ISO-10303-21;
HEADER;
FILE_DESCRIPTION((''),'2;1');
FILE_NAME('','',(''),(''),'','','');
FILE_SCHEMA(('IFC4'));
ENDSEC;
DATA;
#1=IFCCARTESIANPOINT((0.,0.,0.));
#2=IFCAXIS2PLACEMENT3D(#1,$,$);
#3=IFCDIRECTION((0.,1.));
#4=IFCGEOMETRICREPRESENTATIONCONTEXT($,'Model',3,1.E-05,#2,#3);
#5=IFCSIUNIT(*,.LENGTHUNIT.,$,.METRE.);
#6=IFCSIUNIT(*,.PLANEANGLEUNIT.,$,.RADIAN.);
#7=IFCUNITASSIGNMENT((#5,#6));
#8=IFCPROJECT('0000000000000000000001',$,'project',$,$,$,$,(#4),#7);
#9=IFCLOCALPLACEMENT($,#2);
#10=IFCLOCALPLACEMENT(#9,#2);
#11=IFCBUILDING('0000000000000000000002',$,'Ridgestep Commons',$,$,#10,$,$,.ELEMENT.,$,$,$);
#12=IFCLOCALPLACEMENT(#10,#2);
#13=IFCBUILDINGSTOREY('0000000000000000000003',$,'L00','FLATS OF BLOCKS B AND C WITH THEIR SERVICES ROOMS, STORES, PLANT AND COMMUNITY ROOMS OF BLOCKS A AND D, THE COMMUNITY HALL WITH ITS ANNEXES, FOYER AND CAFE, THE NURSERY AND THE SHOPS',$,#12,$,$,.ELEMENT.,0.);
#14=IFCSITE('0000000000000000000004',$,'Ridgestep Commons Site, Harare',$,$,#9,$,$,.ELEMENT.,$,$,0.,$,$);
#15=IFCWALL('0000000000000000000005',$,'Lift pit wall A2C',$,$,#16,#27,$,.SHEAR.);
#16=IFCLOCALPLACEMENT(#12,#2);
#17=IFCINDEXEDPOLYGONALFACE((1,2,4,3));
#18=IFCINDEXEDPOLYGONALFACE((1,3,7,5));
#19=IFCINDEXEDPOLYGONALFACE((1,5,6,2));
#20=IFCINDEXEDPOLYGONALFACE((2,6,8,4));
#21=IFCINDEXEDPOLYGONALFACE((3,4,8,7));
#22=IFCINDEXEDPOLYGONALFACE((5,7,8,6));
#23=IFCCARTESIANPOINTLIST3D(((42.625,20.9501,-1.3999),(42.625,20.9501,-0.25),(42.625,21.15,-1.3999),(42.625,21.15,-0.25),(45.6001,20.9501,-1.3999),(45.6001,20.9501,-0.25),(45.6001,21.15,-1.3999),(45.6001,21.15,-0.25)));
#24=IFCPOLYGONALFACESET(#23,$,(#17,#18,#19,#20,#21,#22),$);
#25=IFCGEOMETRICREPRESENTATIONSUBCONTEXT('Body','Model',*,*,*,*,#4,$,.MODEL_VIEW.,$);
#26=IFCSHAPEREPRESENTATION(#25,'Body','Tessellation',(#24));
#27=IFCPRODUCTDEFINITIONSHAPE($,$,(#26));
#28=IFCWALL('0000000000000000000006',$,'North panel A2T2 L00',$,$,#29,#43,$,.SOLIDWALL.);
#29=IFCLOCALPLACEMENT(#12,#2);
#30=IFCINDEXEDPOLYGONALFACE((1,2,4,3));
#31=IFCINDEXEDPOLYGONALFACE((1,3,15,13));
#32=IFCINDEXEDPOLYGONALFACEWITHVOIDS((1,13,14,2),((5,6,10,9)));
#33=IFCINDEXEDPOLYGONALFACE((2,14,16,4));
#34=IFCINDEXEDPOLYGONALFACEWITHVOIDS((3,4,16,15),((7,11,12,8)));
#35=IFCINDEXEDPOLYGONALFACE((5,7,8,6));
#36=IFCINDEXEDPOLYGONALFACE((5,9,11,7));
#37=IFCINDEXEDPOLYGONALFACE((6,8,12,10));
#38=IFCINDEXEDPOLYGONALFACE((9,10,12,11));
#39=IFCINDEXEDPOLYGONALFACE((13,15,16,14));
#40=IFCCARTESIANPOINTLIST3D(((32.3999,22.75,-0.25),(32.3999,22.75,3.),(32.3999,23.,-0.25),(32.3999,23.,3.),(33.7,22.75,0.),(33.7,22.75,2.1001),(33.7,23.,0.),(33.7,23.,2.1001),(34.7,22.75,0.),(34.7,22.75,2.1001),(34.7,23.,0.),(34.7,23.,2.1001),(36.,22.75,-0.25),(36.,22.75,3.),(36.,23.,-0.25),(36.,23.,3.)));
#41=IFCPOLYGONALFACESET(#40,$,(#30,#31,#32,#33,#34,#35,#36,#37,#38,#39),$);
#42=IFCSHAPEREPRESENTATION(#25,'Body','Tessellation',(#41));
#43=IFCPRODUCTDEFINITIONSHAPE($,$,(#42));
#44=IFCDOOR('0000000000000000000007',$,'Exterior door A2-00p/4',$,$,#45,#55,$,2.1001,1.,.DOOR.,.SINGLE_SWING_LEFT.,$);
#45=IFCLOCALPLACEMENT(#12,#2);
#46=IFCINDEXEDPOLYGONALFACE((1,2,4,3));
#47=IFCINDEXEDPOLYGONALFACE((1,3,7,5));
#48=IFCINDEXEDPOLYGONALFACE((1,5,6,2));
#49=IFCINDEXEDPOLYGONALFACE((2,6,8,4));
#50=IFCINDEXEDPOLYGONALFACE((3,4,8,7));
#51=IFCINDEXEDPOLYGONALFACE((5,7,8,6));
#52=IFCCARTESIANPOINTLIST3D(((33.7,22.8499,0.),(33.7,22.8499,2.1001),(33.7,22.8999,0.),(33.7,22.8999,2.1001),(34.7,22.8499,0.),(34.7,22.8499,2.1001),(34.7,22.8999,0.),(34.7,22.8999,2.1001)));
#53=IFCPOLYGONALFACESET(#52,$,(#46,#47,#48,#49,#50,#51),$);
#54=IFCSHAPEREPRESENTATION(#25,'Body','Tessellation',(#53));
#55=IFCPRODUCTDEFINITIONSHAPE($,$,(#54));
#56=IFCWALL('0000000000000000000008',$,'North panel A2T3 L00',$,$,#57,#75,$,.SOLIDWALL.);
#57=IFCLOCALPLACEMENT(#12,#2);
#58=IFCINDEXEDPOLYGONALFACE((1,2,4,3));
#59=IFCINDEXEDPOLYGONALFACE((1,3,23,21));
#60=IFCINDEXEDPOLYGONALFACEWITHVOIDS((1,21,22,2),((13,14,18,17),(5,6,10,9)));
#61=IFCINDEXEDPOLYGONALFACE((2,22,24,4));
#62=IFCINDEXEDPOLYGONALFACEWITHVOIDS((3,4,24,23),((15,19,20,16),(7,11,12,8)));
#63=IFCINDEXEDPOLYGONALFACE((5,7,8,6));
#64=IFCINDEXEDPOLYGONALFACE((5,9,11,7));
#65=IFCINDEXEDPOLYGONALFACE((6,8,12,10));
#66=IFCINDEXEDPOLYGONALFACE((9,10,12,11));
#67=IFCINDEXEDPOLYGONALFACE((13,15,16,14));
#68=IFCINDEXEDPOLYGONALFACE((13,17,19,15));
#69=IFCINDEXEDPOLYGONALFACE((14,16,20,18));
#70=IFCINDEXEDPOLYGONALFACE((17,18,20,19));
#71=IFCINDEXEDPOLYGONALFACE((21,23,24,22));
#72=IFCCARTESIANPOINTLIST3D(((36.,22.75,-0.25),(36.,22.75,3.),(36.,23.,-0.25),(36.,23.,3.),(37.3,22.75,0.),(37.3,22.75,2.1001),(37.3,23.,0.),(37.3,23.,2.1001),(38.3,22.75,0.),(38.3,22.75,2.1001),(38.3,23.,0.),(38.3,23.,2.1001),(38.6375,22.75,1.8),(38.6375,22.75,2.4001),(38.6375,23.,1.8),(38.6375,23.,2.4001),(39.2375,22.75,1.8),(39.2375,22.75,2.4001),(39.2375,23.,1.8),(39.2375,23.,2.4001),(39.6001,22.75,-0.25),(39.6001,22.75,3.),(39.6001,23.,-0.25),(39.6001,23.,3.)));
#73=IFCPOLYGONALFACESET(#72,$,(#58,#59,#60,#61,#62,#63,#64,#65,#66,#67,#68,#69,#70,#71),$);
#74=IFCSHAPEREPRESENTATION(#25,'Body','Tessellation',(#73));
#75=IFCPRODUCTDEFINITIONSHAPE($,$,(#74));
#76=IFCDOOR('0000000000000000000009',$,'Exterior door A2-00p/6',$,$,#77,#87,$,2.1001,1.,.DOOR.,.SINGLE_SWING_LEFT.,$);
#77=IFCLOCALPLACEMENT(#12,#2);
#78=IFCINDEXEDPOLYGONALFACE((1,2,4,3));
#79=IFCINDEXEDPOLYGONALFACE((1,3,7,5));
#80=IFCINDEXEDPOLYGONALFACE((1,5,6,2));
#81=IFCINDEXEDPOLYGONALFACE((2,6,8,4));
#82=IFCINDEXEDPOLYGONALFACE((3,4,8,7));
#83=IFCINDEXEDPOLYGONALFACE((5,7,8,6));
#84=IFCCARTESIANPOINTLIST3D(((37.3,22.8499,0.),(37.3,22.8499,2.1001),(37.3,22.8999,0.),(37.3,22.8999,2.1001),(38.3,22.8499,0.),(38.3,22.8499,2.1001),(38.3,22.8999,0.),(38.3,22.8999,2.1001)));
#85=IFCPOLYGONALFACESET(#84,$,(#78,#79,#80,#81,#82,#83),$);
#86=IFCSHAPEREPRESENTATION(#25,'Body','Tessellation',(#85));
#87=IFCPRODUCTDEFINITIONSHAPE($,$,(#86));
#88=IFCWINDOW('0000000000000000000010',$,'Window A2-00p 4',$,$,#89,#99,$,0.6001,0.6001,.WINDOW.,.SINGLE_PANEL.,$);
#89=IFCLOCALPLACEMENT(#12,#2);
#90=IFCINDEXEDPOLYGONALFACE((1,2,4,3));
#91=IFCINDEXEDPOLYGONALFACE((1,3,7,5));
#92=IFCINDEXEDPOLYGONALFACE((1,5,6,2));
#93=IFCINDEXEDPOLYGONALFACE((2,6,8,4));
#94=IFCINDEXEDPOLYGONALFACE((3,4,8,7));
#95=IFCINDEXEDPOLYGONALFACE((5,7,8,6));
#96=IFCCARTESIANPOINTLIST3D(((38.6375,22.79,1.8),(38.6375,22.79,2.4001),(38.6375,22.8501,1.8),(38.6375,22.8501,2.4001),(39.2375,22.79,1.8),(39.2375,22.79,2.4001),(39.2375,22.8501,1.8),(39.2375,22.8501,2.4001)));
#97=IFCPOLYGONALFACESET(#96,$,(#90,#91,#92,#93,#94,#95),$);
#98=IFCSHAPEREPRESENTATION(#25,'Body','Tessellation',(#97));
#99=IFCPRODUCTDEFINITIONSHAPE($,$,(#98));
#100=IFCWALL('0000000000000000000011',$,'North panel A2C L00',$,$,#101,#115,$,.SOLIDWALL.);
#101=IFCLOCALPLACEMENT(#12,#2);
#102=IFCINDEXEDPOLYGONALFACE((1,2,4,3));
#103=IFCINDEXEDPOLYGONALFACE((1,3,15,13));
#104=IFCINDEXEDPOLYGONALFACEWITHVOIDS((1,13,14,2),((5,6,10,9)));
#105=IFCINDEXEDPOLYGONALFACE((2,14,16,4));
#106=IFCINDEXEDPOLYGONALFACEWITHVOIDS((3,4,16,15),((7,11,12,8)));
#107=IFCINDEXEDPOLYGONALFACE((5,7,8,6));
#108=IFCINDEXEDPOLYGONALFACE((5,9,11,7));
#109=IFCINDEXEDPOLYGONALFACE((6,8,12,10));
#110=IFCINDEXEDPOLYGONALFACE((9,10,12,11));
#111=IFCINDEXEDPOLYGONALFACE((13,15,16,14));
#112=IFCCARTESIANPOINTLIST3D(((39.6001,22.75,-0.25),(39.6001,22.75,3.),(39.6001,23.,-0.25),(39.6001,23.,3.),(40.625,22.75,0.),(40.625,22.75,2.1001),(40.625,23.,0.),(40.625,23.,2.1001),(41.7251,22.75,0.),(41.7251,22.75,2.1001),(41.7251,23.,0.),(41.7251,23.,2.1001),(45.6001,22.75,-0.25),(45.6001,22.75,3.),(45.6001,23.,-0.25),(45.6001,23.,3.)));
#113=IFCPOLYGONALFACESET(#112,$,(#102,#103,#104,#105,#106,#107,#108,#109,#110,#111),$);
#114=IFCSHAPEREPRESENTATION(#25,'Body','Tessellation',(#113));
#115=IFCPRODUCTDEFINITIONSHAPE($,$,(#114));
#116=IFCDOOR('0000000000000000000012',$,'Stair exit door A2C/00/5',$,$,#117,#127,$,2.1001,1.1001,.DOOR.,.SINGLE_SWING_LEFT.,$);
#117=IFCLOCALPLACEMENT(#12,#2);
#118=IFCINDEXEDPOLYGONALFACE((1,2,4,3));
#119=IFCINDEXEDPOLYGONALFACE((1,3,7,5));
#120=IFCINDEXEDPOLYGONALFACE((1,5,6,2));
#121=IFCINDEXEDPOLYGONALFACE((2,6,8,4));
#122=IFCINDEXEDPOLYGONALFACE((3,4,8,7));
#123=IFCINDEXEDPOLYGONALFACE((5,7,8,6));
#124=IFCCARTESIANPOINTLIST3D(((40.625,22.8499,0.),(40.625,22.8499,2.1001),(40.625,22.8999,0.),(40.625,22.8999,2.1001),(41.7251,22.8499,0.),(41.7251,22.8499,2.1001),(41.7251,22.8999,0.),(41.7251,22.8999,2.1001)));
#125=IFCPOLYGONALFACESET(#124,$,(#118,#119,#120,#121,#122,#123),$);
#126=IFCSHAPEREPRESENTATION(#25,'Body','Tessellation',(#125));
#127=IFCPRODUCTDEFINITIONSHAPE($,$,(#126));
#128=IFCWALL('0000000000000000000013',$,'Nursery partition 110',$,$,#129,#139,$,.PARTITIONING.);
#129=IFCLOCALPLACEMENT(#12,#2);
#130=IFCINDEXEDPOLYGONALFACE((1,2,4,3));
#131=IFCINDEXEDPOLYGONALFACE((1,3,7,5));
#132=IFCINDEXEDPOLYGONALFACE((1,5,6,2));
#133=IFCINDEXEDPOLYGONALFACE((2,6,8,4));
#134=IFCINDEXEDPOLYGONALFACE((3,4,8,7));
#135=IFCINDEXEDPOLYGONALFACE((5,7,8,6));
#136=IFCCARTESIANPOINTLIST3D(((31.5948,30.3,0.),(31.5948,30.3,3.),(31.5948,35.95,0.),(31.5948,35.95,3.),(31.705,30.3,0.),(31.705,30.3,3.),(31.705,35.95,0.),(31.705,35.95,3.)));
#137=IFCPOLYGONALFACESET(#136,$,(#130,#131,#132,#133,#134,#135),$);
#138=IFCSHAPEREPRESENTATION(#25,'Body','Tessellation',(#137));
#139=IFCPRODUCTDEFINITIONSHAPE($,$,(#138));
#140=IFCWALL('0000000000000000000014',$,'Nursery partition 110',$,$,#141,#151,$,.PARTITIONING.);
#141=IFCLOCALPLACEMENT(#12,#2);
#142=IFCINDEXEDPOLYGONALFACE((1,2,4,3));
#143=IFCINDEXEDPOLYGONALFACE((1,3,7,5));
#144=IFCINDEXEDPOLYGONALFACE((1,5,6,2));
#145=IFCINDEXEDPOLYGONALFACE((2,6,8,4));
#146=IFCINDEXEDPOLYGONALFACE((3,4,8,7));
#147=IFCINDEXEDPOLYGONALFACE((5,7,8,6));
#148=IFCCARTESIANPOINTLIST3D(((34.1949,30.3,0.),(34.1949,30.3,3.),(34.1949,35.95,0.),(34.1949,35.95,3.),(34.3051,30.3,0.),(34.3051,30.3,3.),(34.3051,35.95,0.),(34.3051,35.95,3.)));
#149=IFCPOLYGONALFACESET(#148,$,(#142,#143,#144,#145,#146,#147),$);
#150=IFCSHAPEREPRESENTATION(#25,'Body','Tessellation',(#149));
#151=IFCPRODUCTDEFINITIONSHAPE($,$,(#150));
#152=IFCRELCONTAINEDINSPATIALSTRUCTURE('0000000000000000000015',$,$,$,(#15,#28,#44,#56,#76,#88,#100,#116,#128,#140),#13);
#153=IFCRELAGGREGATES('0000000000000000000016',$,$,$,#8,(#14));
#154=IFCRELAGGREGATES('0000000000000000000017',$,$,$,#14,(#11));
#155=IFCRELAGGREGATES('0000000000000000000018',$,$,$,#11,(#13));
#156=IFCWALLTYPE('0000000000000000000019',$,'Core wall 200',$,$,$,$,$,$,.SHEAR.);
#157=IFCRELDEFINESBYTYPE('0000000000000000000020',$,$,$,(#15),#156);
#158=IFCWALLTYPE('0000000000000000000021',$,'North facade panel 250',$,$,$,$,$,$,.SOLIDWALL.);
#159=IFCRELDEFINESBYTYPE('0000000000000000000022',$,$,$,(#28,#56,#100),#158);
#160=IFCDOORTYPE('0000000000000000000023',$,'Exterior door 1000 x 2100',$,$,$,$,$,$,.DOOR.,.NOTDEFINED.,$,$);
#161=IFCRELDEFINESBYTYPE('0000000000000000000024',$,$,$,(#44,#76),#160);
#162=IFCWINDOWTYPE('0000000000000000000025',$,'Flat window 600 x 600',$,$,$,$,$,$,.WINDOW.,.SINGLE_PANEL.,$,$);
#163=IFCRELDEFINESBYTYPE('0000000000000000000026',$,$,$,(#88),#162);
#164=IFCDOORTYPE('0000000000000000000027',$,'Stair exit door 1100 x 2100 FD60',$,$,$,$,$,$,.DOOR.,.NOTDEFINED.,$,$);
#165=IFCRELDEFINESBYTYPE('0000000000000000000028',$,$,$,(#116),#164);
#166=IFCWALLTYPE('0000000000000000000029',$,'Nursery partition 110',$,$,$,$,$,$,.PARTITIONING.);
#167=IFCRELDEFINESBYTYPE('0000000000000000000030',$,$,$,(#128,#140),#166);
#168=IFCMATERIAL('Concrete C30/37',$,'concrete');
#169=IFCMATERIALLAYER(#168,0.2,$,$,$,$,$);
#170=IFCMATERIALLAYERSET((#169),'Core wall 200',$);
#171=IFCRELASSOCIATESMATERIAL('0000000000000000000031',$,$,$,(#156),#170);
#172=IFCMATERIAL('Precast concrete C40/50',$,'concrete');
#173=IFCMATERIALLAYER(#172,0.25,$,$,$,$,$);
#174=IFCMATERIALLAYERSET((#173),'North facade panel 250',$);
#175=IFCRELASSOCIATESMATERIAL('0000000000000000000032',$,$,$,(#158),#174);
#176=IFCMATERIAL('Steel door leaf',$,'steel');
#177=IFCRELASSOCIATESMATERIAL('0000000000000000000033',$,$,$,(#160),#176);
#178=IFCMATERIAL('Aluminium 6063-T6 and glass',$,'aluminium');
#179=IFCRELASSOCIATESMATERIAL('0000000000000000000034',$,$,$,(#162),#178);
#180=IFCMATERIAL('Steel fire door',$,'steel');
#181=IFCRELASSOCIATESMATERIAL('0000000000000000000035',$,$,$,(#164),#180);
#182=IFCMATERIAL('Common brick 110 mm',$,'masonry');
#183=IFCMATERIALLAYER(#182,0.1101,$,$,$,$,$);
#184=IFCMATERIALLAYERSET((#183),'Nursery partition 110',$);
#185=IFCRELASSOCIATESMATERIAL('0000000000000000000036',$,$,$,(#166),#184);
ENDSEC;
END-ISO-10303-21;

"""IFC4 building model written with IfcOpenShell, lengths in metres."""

from ifc_helpers import new_model, si_unit, direction, frame, frame_2d, origin, place, context, subcontext, project, spatial, rectangle, extrude, material, layer, layer_set, type_object, element, fill, save


model = new_model("IFC4")

# Units and contexts
model_context = context("Model", 3, precision=1e-05, world=origin(), true_north=direction((0.0, 1.0)))
body_context = subcontext(model_context, "Body", "Model", "MODEL_VIEW")
ifc_project = project(units=[si_unit("LENGTHUNIT", "METRE"), si_unit("PLANEANGLEUNIT", "RADIAN")], contexts=[model_context])

# Site, building, storey
site_placement = place(None, origin())
site = spatial("IfcSite", under=ifc_project, at=site_placement, Name="Ridgestep Commons Site, Harare", CompositionType="ELEMENT", RefElevation=0.0)
building_placement = place(site_placement, origin())
building = spatial("IfcBuilding", under=site, at=building_placement, Name="Ridgestep Commons", CompositionType="ELEMENT")
storey_placement = place(building_placement, origin())
storey = spatial("IfcBuildingStorey", under=building, at=storey_placement, Name="L00", Description="FLATS OF BLOCKS B AND C WITH THEIR SERVICES ROOMS, STORES, PLANT AND COMMUNITY ROOMS OF BLOCKS A AND D, THE COMMUNITY HALL WITH ITS ANNEXES, FOYER AND CAFE, THE NURSERY AND THE SHOPS", CompositionType="ELEMENT", Elevation=0.0)

# Wall
ifc_material_1 = material(Name="Concrete C30/37", Category="concrete")
ifc_layer_1 = layer(ifc_material_1, 0.2)
ifc_layer_set_1 = layer_set([ifc_layer_1], Name="Core wall 200")
wall_type_1 = type_object("IfcWallType", Name="Core wall 200", PredefinedType="SHEAR", material=ifc_layer_set_1)
wall_1_placement = place(storey_placement, frame((42.625, 21.05, -1.3999), z_axis=(0.0, 0.0, 1.0), x_axis=(1.0, 0.0, 0.0)))
element("IfcWall", 1, at=wall_1_placement, inside=storey, type_object=wall_type_1, Name="Lift pit wall A2C", PredefinedType="SHEAR", context=body_context, shape_type="SweptSolid", body=[
    extrude(rectangle(XDim=2.9751, YDim=0.2, at=frame_2d((1.4875, 0.0))), origin(), (0.0, 0.0, 1.0), 1.1499),
])

# Wall, opening, door
ifc_material_2 = material(Name="Precast concrete C40/50", Category="concrete")
ifc_layer_2 = layer(ifc_material_2, 0.25)
ifc_layer_set_2 = layer_set([ifc_layer_2], Name="North facade panel 250")
wall_type_2 = type_object("IfcWallType", Name="North facade panel 250", PredefinedType="SOLIDWALL", material=ifc_layer_set_2)
wall_2_placement = place(storey_placement, frame((32.3999, 22.875, -0.25), z_axis=(0.0, 0.0, 1.0), x_axis=(1.0, 0.0, 0.0)))
wall_2 = element("IfcWall", 2, at=wall_2_placement, inside=storey, type_object=wall_type_2, Name="North panel A2T2 L00", PredefinedType="SOLIDWALL", context=body_context, shape_type="SweptSolid", body=[
    extrude(rectangle(XDim=3.6001, YDim=0.25, at=frame_2d((1.8, 0.0))), origin(), (0.0, 0.0, 1.0), 3.25),
])
opening_1_placement = place(wall_2_placement, frame((1.3, 0.0, 0.25)))
opening_1 = element("IfcOpeningElement", 3, at=opening_1_placement, cuts=wall_2, PredefinedType="OPENING", context=body_context, shape_type="SweptSolid", body=[
    extrude(rectangle(XDim=1.0, YDim=2.1001, at=frame_2d((0.5, 1.05))), frame((0.0, 0.135, 0.0), z_axis=(0.0, -1.0, 0.0), x_axis=(1.0, 0.0, 0.0)), (0.0, 0.0, 1.0), 0.27),
])
ifc_material_3 = material(Name="Steel door leaf", Category="steel")
door_type_1 = type_object("IfcDoorType", Name="Exterior door 1000 x 2100", OperationType="NOTDEFINED", PredefinedType="DOOR", material=ifc_material_3)
door_1_placement = place(opening_1_placement, origin())
door_1 = element("IfcDoor", 4, at=door_1_placement, inside=storey, type_object=door_type_1, Name="Exterior door A2-00p/4", OperationType="SINGLE_SWING_LEFT", OverallHeight=2.1001, OverallWidth=1.0, PredefinedType="DOOR", context=body_context, shape_type="SweptSolid", body=[
    extrude(rectangle(XDim=1.0, YDim=2.1001, at=frame_2d((0.5, 1.05))), frame((0.0, 0.0249, 0.0), z_axis=(0.0, -1.0, 0.0), x_axis=(1.0, 0.0, 0.0)), (0.0, 0.0, 1.0), 0.05),
])
fill(opening_1, door_1)

# Wall, openings, door, window
wall_3_placement = place(storey_placement, frame((36.0, 22.875, -0.25), z_axis=(0.0, 0.0, 1.0), x_axis=(1.0, 0.0, 0.0)))
wall_3 = element("IfcWall", 5, at=wall_3_placement, inside=storey, type_object=wall_type_2, Name="North panel A2T3 L00", PredefinedType="SOLIDWALL", context=body_context, shape_type="SweptSolid", body=[
    extrude(rectangle(XDim=3.6001, YDim=0.25, at=frame_2d((1.8, 0.0))), origin(), (0.0, 0.0, 1.0), 3.25),
])
opening_2_placement = place(wall_3_placement, frame((2.6375, 0.0, 2.05)))
opening_2 = element("IfcOpeningElement", 6, at=opening_2_placement, cuts=wall_3, PredefinedType="OPENING", context=body_context, shape_type="SweptSolid", body=[
    extrude(rectangle(XDim=0.6001, YDim=0.6001, at=frame_2d((0.3, 0.3))), frame((0.0, 0.135, 0.0), z_axis=(0.0, -1.0, 0.0), x_axis=(1.0, 0.0, 0.0)), (0.0, 0.0, 1.0), 0.27),
])
opening_3_placement = place(wall_3_placement, frame((1.3, 0.0, 0.25)))
opening_3 = element("IfcOpeningElement", 7, at=opening_3_placement, cuts=wall_3, PredefinedType="OPENING", context=body_context, shape_type="SweptSolid", body=[
    extrude(rectangle(XDim=1.0, YDim=2.1001, at=frame_2d((0.5, 1.05))), frame((0.0, 0.135, 0.0), z_axis=(0.0, -1.0, 0.0), x_axis=(1.0, 0.0, 0.0)), (0.0, 0.0, 1.0), 0.27),
])
door_2_placement = place(opening_3_placement, origin())
door_2 = element("IfcDoor", 8, at=door_2_placement, inside=storey, type_object=door_type_1, Name="Exterior door A2-00p/6", OperationType="SINGLE_SWING_LEFT", OverallHeight=2.1001, OverallWidth=1.0, PredefinedType="DOOR", context=body_context, shape_type="SweptSolid", body=[
    extrude(rectangle(XDim=1.0, YDim=2.1001, at=frame_2d((0.5, 1.05))), frame((0.0, 0.0249, 0.0), z_axis=(0.0, -1.0, 0.0), x_axis=(1.0, 0.0, 0.0)), (0.0, 0.0, 1.0), 0.05),
])
fill(opening_3, door_2)
ifc_material_4 = material(Name="Aluminium 6063-T6 and glass", Category="aluminium")
window_type = type_object("IfcWindowType", Name="Flat window 600 x 600", PartitioningType="SINGLE_PANEL", PredefinedType="WINDOW", material=ifc_material_4)
window_placement = place(opening_2_placement, origin())
window = element("IfcWindow", 9, at=window_placement, inside=storey, type_object=window_type, Name="Window A2-00p 4", OverallHeight=0.6001, OverallWidth=0.6001, PartitioningType="SINGLE_PANEL", PredefinedType="WINDOW", context=body_context, shape_type="SweptSolid", body=[
    extrude(rectangle(XDim=0.6001, YDim=0.6001, at=frame_2d((0.3, 0.3))), frame((0.0, -0.0249, 0.0), z_axis=(0.0, -1.0, 0.0), x_axis=(1.0, 0.0, 0.0)), (0.0, 0.0, 1.0), 0.0601),
])
fill(opening_2, window)

# Wall, opening, door
wall_4_placement = place(storey_placement, frame((39.6001, 22.875, -0.25), z_axis=(0.0, 0.0, 1.0), x_axis=(1.0, 0.0, 0.0)))
wall_4 = element("IfcWall", 10, at=wall_4_placement, inside=storey, type_object=wall_type_2, Name="North panel A2C L00", PredefinedType="SOLIDWALL", context=body_context, shape_type="SweptSolid", body=[
    extrude(rectangle(XDim=6.0, YDim=0.25, at=frame_2d((3.0, 0.0))), origin(), (0.0, 0.0, 1.0), 3.25),
])
opening_4_placement = place(wall_4_placement, frame((1.0249, 0.0, 0.25)))
opening_4 = element("IfcOpeningElement", 11, at=opening_4_placement, cuts=wall_4, PredefinedType="OPENING", context=body_context, shape_type="SweptSolid", body=[
    extrude(rectangle(XDim=1.1001, YDim=2.1001, at=frame_2d((0.55, 1.05))), frame((0.0, 0.135, 0.0), z_axis=(0.0, -1.0, 0.0), x_axis=(1.0, 0.0, 0.0)), (0.0, 0.0, 1.0), 0.27),
])
ifc_material_5 = material(Name="Steel fire door", Category="steel")
door_type_2 = type_object("IfcDoorType", Name="Stair exit door 1100 x 2100 FD60", OperationType="NOTDEFINED", PredefinedType="DOOR", material=ifc_material_5)
door_3_placement = place(opening_4_placement, origin())
door_3 = element("IfcDoor", 12, at=door_3_placement, inside=storey, type_object=door_type_2, Name="Stair exit door A2C/00/5", OperationType="SINGLE_SWING_LEFT", OverallHeight=2.1001, OverallWidth=1.1001, PredefinedType="DOOR", context=body_context, shape_type="SweptSolid", body=[
    extrude(rectangle(XDim=1.1001, YDim=2.1001, at=frame_2d((0.55, 1.05))), frame((0.0, 0.0249, 0.0), z_axis=(0.0, -1.0, 0.0), x_axis=(1.0, 0.0, 0.0)), (0.0, 0.0, 1.0), 0.05),
])
fill(opening_4, door_3)

# Walls
ifc_material_6 = material(Name="Common brick 110 mm", Category="masonry")
ifc_layer_3 = layer(ifc_material_6, 0.1101)
ifc_layer_set_3 = layer_set([ifc_layer_3], Name="Nursery partition 110")
wall_type_3 = type_object("IfcWallType", Name="Nursery partition 110", PredefinedType="PARTITIONING", material=ifc_layer_set_3)
for number, where, z_axis, x_axis, name in (
    (13, (31.6499, 30.3, 0.0), (0.0, 0.0, 1.0), (0.0, 1.0, 0.0), "Nursery partition 110"),
    (14, (34.25, 30.3, 0.0), (0.0, 0.0, 1.0), (0.0, 1.0, 0.0), "Nursery partition 110"),
):
    element("IfcWall", number, at=place(storey_placement, frame(where, z_axis=z_axis, x_axis=x_axis)), inside=storey, type_object=wall_type_3, Name=name, PredefinedType="PARTITIONING", context=body_context, shape_type="SweptSolid", body=[
        extrude(rectangle(XDim=5.6499, YDim=0.1101, at=frame_2d((2.825, 0.0))), origin(), (0.0, 0.0, 1.0), 3.0),
    ])

save(model, "model.ifc")
